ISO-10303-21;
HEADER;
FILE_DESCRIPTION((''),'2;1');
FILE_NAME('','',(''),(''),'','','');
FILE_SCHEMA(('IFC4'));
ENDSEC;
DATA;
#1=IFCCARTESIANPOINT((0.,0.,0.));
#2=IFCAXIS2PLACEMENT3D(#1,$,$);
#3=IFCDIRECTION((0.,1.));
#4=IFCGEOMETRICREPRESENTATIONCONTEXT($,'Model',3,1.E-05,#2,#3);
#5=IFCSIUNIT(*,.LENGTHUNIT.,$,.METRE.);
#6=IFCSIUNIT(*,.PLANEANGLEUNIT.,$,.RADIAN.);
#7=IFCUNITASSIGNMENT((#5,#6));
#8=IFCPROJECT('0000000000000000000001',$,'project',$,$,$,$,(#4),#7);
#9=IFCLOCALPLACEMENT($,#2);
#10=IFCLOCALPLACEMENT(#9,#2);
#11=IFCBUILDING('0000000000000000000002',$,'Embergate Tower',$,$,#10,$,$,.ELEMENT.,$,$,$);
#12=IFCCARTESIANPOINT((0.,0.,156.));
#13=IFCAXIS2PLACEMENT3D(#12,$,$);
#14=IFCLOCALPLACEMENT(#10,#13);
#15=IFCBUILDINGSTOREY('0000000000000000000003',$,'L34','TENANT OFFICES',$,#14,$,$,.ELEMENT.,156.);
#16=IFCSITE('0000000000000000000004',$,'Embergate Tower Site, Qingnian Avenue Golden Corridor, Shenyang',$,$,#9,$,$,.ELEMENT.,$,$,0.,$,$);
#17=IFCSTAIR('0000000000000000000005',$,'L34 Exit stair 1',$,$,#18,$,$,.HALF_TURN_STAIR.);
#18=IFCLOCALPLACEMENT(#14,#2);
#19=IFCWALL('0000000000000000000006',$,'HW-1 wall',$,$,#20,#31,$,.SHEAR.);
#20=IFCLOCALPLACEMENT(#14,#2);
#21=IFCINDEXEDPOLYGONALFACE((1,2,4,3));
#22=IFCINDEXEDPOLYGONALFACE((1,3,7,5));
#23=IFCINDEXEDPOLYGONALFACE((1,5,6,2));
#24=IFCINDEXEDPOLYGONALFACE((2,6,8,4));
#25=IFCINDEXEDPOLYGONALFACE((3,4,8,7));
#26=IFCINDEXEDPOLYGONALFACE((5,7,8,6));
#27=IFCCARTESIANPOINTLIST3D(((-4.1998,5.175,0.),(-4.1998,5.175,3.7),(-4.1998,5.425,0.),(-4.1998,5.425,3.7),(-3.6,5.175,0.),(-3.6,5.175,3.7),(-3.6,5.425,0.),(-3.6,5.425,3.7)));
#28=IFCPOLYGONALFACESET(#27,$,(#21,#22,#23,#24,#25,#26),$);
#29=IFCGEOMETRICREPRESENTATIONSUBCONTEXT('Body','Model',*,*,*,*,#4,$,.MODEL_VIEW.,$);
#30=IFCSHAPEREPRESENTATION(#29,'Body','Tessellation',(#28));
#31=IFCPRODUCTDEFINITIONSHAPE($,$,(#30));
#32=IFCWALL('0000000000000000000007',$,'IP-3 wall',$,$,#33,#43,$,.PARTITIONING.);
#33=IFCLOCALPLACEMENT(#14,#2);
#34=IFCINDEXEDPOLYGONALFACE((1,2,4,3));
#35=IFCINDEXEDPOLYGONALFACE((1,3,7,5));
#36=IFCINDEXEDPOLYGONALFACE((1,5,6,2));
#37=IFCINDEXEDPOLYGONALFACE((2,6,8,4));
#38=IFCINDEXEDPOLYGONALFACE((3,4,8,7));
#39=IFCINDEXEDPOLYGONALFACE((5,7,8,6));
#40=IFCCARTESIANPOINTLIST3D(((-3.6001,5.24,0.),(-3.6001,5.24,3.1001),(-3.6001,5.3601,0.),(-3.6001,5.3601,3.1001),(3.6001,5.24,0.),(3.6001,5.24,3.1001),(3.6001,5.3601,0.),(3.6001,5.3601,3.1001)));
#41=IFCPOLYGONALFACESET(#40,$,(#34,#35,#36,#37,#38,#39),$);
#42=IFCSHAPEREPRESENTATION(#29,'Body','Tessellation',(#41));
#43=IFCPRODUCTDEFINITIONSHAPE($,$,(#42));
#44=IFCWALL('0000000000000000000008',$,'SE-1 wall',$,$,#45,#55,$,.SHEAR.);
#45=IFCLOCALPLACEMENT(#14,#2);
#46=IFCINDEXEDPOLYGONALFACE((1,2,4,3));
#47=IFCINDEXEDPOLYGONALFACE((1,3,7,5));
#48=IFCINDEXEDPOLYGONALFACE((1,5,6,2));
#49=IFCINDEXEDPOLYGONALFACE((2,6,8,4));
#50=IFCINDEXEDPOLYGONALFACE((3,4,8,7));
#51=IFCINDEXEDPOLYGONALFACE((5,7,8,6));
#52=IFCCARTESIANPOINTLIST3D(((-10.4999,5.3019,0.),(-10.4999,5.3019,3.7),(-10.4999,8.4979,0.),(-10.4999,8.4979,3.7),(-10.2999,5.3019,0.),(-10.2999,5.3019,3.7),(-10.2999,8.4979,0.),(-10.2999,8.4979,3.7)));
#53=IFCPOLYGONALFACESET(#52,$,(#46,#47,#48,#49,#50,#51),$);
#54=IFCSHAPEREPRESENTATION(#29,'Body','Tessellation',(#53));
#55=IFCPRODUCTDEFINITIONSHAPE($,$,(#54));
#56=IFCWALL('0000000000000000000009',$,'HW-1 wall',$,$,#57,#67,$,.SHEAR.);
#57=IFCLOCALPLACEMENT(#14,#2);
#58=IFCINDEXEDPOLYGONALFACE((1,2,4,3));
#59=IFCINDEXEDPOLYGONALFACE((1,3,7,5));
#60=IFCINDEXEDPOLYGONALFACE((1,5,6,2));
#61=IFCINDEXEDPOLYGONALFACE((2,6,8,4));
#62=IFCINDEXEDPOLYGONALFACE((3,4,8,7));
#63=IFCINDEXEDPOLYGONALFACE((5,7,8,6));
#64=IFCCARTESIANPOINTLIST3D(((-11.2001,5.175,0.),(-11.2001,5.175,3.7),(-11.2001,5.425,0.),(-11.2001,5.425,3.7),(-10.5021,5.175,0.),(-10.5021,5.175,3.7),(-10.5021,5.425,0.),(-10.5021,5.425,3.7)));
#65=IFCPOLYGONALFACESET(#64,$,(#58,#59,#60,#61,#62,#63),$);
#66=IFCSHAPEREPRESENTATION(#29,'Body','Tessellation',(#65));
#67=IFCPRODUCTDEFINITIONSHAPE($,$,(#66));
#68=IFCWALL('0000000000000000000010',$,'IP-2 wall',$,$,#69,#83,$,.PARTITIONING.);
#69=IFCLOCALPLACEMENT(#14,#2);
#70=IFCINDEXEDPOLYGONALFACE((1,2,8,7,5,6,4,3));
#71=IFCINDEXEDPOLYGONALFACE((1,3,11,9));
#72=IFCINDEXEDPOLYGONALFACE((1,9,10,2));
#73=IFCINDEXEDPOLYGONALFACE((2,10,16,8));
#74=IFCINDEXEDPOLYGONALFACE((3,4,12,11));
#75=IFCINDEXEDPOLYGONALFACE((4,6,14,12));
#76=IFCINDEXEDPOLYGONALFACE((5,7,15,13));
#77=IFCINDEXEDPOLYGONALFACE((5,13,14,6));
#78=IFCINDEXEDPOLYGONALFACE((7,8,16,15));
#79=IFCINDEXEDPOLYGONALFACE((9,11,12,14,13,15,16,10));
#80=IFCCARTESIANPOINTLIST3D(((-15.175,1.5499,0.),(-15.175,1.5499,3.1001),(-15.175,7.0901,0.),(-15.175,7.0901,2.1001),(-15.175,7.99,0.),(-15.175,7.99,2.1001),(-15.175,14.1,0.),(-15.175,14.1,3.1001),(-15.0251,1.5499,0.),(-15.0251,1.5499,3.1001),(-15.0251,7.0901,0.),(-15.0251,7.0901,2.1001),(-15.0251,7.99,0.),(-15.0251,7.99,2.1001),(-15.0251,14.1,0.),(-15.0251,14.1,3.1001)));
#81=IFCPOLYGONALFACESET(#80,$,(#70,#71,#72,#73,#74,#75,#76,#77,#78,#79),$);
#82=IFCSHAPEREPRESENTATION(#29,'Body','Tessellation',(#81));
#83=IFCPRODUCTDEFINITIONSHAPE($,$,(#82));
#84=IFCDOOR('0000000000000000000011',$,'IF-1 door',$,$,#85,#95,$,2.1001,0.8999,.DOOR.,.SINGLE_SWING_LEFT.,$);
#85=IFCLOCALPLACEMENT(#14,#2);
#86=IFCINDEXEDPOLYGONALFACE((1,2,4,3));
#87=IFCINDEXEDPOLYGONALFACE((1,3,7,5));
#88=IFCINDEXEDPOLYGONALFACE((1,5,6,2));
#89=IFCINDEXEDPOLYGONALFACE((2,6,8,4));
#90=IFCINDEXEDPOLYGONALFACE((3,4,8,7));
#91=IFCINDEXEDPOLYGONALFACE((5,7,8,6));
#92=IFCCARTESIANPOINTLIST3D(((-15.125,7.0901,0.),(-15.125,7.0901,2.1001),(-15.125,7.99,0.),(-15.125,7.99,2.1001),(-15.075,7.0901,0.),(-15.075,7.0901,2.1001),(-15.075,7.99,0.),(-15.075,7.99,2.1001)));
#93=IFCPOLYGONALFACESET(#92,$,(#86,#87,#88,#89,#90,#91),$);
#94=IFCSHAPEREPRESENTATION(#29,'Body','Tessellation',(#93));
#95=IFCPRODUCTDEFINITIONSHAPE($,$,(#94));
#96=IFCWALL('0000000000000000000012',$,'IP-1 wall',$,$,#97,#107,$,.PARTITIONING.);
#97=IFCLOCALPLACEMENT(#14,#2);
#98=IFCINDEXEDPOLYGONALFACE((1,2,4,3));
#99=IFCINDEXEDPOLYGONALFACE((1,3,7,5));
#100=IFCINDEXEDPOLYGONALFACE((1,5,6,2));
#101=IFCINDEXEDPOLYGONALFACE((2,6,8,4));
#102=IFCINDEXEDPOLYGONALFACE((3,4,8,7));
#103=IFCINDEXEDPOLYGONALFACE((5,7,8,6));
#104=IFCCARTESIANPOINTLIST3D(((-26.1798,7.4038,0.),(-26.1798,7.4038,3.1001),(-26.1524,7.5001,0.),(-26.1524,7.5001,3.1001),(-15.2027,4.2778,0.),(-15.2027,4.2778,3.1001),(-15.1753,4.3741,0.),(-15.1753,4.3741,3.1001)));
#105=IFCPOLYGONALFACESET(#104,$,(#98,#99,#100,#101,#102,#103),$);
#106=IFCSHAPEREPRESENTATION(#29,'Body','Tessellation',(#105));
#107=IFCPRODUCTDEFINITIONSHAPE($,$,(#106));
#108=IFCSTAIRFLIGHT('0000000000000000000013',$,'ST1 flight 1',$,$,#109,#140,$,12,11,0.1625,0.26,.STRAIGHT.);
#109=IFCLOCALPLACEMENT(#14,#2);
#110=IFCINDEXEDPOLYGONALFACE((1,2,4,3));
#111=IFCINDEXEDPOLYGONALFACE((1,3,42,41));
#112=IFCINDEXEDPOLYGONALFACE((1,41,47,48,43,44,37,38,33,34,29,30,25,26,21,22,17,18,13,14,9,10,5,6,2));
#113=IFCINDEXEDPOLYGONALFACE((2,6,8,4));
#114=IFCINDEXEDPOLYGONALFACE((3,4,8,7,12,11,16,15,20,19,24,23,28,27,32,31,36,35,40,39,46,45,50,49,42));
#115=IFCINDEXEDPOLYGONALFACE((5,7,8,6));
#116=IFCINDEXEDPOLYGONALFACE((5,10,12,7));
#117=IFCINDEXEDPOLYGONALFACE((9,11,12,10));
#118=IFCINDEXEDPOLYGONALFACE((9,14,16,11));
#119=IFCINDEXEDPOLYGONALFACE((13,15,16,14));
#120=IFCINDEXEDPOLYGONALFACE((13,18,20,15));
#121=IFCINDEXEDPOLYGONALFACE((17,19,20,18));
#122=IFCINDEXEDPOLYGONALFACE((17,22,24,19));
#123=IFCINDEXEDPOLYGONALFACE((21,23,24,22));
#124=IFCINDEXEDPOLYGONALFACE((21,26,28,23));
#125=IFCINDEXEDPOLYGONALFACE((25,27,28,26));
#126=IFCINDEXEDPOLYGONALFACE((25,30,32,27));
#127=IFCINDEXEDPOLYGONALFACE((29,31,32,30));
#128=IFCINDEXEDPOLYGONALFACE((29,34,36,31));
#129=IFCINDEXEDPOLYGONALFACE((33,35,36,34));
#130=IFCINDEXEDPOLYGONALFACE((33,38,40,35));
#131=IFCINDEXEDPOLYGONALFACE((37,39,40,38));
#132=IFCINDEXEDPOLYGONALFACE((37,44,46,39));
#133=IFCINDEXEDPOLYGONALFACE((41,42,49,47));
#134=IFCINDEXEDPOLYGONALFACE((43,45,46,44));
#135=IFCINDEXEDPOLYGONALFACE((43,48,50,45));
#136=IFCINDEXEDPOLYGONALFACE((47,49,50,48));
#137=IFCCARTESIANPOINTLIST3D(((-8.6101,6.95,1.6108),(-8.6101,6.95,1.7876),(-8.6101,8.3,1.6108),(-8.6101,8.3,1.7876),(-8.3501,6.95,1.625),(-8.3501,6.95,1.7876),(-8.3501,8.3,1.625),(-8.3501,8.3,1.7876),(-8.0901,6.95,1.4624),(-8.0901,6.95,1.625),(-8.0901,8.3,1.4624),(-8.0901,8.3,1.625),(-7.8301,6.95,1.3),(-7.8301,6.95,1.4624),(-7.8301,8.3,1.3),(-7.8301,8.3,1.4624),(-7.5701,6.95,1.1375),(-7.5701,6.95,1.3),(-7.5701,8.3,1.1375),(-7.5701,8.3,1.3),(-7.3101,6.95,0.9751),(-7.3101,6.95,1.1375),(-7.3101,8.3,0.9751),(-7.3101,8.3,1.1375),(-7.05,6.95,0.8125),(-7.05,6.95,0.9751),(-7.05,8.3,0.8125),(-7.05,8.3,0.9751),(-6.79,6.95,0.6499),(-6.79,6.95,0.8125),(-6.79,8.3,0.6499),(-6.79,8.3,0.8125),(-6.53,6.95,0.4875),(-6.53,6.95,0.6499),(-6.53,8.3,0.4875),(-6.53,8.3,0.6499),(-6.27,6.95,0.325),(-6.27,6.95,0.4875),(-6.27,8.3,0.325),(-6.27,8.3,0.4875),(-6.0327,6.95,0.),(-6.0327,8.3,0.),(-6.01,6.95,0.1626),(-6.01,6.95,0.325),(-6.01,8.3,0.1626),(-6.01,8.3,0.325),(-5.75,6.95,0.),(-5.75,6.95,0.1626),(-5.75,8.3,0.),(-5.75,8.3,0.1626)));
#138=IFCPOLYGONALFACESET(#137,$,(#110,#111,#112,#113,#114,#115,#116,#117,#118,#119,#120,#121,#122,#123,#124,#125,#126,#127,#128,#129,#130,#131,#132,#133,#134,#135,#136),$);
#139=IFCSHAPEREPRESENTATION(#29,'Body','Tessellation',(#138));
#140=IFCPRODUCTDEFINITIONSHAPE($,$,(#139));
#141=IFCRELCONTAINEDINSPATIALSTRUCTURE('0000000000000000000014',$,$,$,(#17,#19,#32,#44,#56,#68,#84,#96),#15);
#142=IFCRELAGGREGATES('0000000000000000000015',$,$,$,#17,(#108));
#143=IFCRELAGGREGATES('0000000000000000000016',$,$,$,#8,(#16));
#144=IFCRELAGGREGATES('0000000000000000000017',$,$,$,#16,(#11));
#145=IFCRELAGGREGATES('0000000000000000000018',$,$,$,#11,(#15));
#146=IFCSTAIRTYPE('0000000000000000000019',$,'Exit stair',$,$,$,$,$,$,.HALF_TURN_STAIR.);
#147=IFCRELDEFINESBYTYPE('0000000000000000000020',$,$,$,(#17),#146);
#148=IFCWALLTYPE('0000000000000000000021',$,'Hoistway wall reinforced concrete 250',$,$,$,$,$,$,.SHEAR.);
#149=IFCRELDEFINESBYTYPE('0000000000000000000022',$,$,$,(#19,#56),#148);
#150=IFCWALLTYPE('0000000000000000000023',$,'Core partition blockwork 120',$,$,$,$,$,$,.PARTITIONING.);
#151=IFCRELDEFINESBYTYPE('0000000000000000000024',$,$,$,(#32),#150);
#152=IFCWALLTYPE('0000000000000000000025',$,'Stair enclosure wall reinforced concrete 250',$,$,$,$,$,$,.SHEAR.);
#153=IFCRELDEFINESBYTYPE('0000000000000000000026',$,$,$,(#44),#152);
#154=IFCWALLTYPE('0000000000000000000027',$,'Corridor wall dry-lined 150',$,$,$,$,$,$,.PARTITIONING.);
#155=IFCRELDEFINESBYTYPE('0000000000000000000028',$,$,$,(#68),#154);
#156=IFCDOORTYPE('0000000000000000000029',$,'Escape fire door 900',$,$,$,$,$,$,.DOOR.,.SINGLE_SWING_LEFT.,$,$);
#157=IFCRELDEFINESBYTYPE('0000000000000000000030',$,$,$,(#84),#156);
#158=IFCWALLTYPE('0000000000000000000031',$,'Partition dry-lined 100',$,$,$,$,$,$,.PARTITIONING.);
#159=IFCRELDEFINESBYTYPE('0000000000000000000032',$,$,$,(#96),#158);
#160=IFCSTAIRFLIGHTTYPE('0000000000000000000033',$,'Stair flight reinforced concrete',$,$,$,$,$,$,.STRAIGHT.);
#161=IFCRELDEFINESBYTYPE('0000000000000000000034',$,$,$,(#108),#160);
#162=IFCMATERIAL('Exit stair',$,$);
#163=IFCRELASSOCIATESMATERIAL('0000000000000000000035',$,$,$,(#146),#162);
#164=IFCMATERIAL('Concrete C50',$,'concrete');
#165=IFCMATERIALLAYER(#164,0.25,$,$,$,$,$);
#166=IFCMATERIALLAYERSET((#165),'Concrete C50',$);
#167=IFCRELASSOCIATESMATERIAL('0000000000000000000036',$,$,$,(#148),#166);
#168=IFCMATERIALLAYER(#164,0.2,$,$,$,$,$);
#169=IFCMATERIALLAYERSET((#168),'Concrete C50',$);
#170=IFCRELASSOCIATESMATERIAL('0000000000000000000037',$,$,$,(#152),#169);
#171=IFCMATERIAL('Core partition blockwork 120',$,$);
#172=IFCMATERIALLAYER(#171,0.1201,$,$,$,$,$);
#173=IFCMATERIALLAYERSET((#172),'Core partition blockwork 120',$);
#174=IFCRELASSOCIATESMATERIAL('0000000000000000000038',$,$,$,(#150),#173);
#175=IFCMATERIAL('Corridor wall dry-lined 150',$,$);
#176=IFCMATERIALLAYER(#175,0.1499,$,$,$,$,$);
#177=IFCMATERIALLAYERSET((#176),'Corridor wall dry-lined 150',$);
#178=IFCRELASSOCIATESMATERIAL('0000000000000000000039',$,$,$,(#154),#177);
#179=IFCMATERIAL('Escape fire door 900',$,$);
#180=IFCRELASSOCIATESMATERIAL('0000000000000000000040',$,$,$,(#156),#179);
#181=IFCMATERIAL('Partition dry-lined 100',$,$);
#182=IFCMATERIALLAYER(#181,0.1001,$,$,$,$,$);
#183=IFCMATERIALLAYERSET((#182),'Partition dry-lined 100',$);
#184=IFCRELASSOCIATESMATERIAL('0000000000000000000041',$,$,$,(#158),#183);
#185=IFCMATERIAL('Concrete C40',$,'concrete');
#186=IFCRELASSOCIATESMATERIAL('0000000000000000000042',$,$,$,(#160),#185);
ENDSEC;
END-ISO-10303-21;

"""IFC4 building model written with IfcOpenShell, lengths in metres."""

from ifc_helpers import new_model, si_unit, direction, frame, frame_2d, origin, place, context, subcontext, project, spatial, polyline, rectangle, outline, extrude, source, transform, mapped, material, layer, layer_set, type_object, element, fill, aggregate, save


model = new_model("IFC4")

# Units and contexts
model_context = context("Model", 3, precision=1e-05, world=origin(), true_north=direction((0.0, 1.0)))
body_context = subcontext(model_context, "Body", "Model", "MODEL_VIEW")
ifc_project = project(units=[si_unit("LENGTHUNIT", "METRE"), si_unit("PLANEANGLEUNIT", "RADIAN")], contexts=[model_context])

# Site, building, storey
site_placement = place(None, origin())
site = spatial("IfcSite", under=ifc_project, at=site_placement, Name="Embergate Tower Site, Qingnian Avenue Golden Corridor, Shenyang", CompositionType="ELEMENT", RefElevation=0.0)
building_placement = place(site_placement, origin())
building = spatial("IfcBuilding", under=site, at=building_placement, Name="Embergate Tower", CompositionType="ELEMENT")
storey_placement = place(building_placement, frame((0.0, 0.0, 156.0)))
storey = spatial("IfcBuildingStorey", under=building, at=storey_placement, Name="L34", Description="TENANT OFFICES", CompositionType="ELEMENT", Elevation=156.0)

# Stair
ifc_material_1 = material(Name="Exit stair")
stair_type = type_object("IfcStairType", Name="Exit stair", PredefinedType="HALF_TURN_STAIR", material=ifc_material_1)
stair_placement = place(storey_placement, origin())
stair = element("IfcStair", 1, at=stair_placement, inside=storey, type_object=stair_type, Name="L34 Exit stair 1", PredefinedType="HALF_TURN_STAIR")
ifc_material_2 = material(Name="Concrete C40", Category="concrete")

# Shared definitions
ifc_material_3 = material(Name="Concrete C50", Category="concrete")
ifc_layer_1 = layer(ifc_material_3, 0.25)
ifc_layer_set_1 = layer_set([ifc_layer_1], Name="Concrete C50")
wall_type_1 = type_object("IfcWallType", Name="Hoistway wall reinforced concrete 250", PredefinedType="SHEAR", material=ifc_layer_set_1)

# Shared definitions
ifc_layer_2 = layer(ifc_material_3, 0.2)
ifc_layer_set_2 = layer_set([ifc_layer_2], Name="Concrete C50")
wall_type_2 = type_object("IfcWallType", Name="Stair enclosure wall reinforced concrete 250", PredefinedType="SHEAR", material=ifc_layer_set_2)

# Shared definitions
ifc_material_4 = material(Name="Core partition blockwork 120")
ifc_layer_3 = layer(ifc_material_4, 0.1201)
ifc_layer_set_3 = layer_set([ifc_layer_3], Name="Core partition blockwork 120")
wall_type_3 = type_object("IfcWallType", Name="Core partition blockwork 120", PredefinedType="PARTITIONING", material=ifc_layer_set_3)

# Shared definitions
ifc_material_5 = material(Name="Corridor wall dry-lined 150")
ifc_layer_4 = layer(ifc_material_5, 0.1499)
ifc_layer_set_4 = layer_set([ifc_layer_4], Name="Corridor wall dry-lined 150")
wall_type_4 = type_object("IfcWallType", Name="Corridor wall dry-lined 150", PredefinedType="PARTITIONING", material=ifc_layer_set_4)
shared_shape_1 = source(origin(), body_context, "Body", "SweptSolid", [
    extrude(rectangle(XDim=0.8999, YDim=2.1001, at=frame_2d((0.45, 1.05))), frame((0.0, 0.0249, 0.0), z_axis=(0.0, -1.0, 0.0), x_axis=(1.0, 0.0, 0.0)), (0.0, 0.0, 1.0), 0.05),
])

# Walls
shared_shape_2 = source(origin(), body_context, "Body", "SweptSolid", [
    extrude(rectangle(XDim=0.5999, YDim=0.25, at=frame_2d((0.2998, 0.0))), origin(), (0.0, 0.0, 1.0), 3.7),
])
wall_1_placement = place(storey_placement, frame((-3.6001, 5.3, 0.0), z_axis=(0.0, 0.0, 1.0), x_axis=(-1.0, 0.0, 0.0)))
element("IfcWall", 2, at=wall_1_placement, inside=storey, type_object=wall_type_1, Name="HW-1 wall", PredefinedType="SHEAR", context=body_context, shape_type="MappedRepresentation", body=[
    mapped(shared_shape_2, transform((0.0, 0.0, 0.0))),
])
shared_shape_3 = source(origin(), body_context, "Body", "SweptSolid", [
    extrude(rectangle(XDim=7.2002, YDim=0.1201, at=frame_2d((3.6001, 0.0))), origin(), (0.0, 0.0, 1.0), 3.1001),
])
wall_2_placement = place(storey_placement, frame((-3.6001, 5.3, 0.0), z_axis=(0.0, 0.0, 1.0), x_axis=(1.0, 0.0, 0.0)))
element("IfcWall", 3, at=wall_2_placement, inside=storey, type_object=wall_type_3, Name="IP-3 wall", PredefinedType="PARTITIONING", context=body_context, shape_type="MappedRepresentation", body=[
    mapped(shared_shape_3, transform((0.0, 0.0, 0.0))),
])
shared_shape_4 = source(origin(), body_context, "Body", "SweptSolid", [
    extrude(rectangle(XDim=3.196, YDim=0.2, at=frame_2d((1.5981, 0.0))), origin(), (0.0, 0.0, 1.0), 3.7),
])
wall_3_placement = place(storey_placement, frame((-10.3999, 8.498, 0.0), z_axis=(0.0, 0.0, 1.0), x_axis=(0.0, -1.0, 0.0)))
element("IfcWall", 4, at=wall_3_placement, inside=storey, type_object=wall_type_2, Name="SE-1 wall", PredefinedType="SHEAR", context=body_context, shape_type="MappedRepresentation", body=[
    mapped(shared_shape_4, transform((0.0, 0.0, 0.0))),
])
shared_shape_5 = source(origin(), body_context, "Body", "SweptSolid", [
    extrude(rectangle(XDim=0.698, YDim=0.25, at=frame_2d((0.3491, 0.0))), origin(), (0.0, 0.0, 1.0), 3.7),
])
wall_4_placement = place(storey_placement, frame((-10.502, 5.3, 0.0), z_axis=(0.0, 0.0, 1.0), x_axis=(-1.0, 0.0, 0.0)))
element("IfcWall", 5, at=wall_4_placement, inside=storey, type_object=wall_type_1, Name="HW-1 wall", PredefinedType="SHEAR", context=body_context, shape_type="MappedRepresentation", body=[
    mapped(shared_shape_5, transform((0.0, 0.0, 0.0))),
])

# Wall, opening, door
shared_shape_6 = source(origin(), body_context, "Body", "SweptSolid", [
    extrude(rectangle(XDim=12.55, YDim=0.1499, at=frame_2d((6.2749, 0.0))), origin(), (0.0, 0.0, 1.0), 3.1001),
])
wall_5_placement = place(storey_placement, frame((-15.1001, 1.55, 0.0), z_axis=(0.0, 0.0, 1.0), x_axis=(0.0, 1.0, 0.0)))
wall_5 = element("IfcWall", 6, at=wall_5_placement, inside=storey, type_object=wall_type_4, Name="IP-2 wall", PredefinedType="PARTITIONING", context=body_context, shape_type="MappedRepresentation", body=[
    mapped(shared_shape_6, transform((0.0, 0.0, 0.0))),
])
shared_shape_7 = source(origin(), body_context, "Body", "SweptSolid", [
    extrude(rectangle(XDim=0.8999, YDim=2.1001, at=frame_2d((0.45, 1.05))), frame((0.0, 0.085, 0.0), z_axis=(0.0, -1.0, 0.0), x_axis=(1.0, 0.0, 0.0)), (0.0, 0.0, 1.0), 0.1699),
])
opening_1_placement = place(wall_5_placement, frame((5.54, 0.0, 0.0)))
opening_1 = element("IfcOpeningElement", 7, at=opening_1_placement, cuts=wall_5, PredefinedType="OPENING", context=body_context, shape_type="MappedRepresentation", body=[
    mapped(shared_shape_7, transform((0.0, 0.0, 0.0))),
])
ifc_material_6 = material(Name="Escape fire door 900")
door_type_1 = type_object("IfcDoorType", Name="Escape fire door 900", OperationType="SINGLE_SWING_LEFT", PredefinedType="DOOR", material=ifc_material_6)
door_1_placement = place(opening_1_placement, origin())
door_1 = element("IfcDoor", 8, at=door_1_placement, inside=storey, type_object=door_type_1, Name="IF-1 door", OperationType="SINGLE_SWING_LEFT", OverallHeight=2.1001, OverallWidth=0.8999, PredefinedType="DOOR", context=body_context, shape_type="MappedRepresentation", body=[
    mapped(shared_shape_1, transform((0.0, 0.0, 0.0))),
])
fill(opening_1, door_1)

# Wall
ifc_material_7 = material(Name="Partition dry-lined 100")
ifc_layer_5 = layer(ifc_material_7, 0.1001)
ifc_layer_set_5 = layer_set([ifc_layer_5], Name="Partition dry-lined 100")
wall_type_5 = type_object("IfcWallType", Name="Partition dry-lined 100", PredefinedType="PARTITIONING", material=ifc_layer_set_5)
shared_shape_8 = source(origin(), body_context, "Body", "SweptSolid", [
    extrude(rectangle(XDim=11.4136, YDim=0.1001, at=frame_2d((5.7068, 0.0))), origin(), (0.0, 0.0, 1.0), 3.1001),
])
wall_6_placement = place(storey_placement, frame((-15.189, 4.3259, 0.0), z_axis=(0.0, 0.0, 1.0), x_axis=(-0.961763, 0.273885, 0.0)))
element("IfcWall", 9, at=wall_6_placement, inside=storey, type_object=wall_type_5, Name="IP-1 wall", PredefinedType="PARTITIONING", context=body_context, shape_type="MappedRepresentation", body=[
    mapped(shared_shape_8, transform((0.0, 0.0, 0.0))),
])

# Stair flight
stair_flight_type = type_object("IfcStairFlightType", Name="Stair flight reinforced concrete", PredefinedType="STRAIGHT", material=ifc_material_2)
shared_shape_9 = source(origin(), body_context, "Body", "SweptSolid", [
    extrude(outline(polyline([(0.0, 0.0), (0.0, 0.1626), (0.26, 0.1626), (0.26, 0.325), (0.52, 0.325), (0.52, 0.4875), (0.78, 0.4875), (0.78, 0.6499), (1.04, 0.6499), (1.04, 0.8125), (1.3, 0.8125), (1.3, 0.9751), (1.5601, 0.9751), (1.5601, 1.1375), (1.8201, 1.1375), (1.8201, 1.3), (2.0801, 1.3), (2.0801, 1.4624), (2.3401, 1.4624), (2.3401, 1.625), (2.6001, 1.625), (2.6001, 1.7876), (2.8601, 1.7876), (2.8601, 1.95), (2.8601, 1.6108), (0.2827, 0.0), (0.0, 0.0)])), frame((0.0, 0.675, 0.0), z_axis=(0.0, -1.0, 0.0), x_axis=(1.0, 0.0, 0.0)), (0.0, 0.0, 1.0), 1.3501),
])
stair_flight_1_placement = place(storey_placement, frame((-5.75, 7.625, 0.0), z_axis=(0.0, 0.0, 1.0), x_axis=(-1.0, 0.0, 0.0)))
stair_flight_1 = element("IfcStairFlight", 10, at=stair_flight_1_placement, type_object=stair_flight_type, Name="ST1 flight 1", NumberOfRisers=12, NumberOfTreads=11, PredefinedType="STRAIGHT", RiserHeight=0.1625, TreadLength=0.26, context=body_context, shape_type="MappedRepresentation", body=[
    mapped(shared_shape_9, transform((0.0, 0.0, 0.0))),
])
aggregate(stair, [stair_flight_1])

save(model, "model.ifc")
